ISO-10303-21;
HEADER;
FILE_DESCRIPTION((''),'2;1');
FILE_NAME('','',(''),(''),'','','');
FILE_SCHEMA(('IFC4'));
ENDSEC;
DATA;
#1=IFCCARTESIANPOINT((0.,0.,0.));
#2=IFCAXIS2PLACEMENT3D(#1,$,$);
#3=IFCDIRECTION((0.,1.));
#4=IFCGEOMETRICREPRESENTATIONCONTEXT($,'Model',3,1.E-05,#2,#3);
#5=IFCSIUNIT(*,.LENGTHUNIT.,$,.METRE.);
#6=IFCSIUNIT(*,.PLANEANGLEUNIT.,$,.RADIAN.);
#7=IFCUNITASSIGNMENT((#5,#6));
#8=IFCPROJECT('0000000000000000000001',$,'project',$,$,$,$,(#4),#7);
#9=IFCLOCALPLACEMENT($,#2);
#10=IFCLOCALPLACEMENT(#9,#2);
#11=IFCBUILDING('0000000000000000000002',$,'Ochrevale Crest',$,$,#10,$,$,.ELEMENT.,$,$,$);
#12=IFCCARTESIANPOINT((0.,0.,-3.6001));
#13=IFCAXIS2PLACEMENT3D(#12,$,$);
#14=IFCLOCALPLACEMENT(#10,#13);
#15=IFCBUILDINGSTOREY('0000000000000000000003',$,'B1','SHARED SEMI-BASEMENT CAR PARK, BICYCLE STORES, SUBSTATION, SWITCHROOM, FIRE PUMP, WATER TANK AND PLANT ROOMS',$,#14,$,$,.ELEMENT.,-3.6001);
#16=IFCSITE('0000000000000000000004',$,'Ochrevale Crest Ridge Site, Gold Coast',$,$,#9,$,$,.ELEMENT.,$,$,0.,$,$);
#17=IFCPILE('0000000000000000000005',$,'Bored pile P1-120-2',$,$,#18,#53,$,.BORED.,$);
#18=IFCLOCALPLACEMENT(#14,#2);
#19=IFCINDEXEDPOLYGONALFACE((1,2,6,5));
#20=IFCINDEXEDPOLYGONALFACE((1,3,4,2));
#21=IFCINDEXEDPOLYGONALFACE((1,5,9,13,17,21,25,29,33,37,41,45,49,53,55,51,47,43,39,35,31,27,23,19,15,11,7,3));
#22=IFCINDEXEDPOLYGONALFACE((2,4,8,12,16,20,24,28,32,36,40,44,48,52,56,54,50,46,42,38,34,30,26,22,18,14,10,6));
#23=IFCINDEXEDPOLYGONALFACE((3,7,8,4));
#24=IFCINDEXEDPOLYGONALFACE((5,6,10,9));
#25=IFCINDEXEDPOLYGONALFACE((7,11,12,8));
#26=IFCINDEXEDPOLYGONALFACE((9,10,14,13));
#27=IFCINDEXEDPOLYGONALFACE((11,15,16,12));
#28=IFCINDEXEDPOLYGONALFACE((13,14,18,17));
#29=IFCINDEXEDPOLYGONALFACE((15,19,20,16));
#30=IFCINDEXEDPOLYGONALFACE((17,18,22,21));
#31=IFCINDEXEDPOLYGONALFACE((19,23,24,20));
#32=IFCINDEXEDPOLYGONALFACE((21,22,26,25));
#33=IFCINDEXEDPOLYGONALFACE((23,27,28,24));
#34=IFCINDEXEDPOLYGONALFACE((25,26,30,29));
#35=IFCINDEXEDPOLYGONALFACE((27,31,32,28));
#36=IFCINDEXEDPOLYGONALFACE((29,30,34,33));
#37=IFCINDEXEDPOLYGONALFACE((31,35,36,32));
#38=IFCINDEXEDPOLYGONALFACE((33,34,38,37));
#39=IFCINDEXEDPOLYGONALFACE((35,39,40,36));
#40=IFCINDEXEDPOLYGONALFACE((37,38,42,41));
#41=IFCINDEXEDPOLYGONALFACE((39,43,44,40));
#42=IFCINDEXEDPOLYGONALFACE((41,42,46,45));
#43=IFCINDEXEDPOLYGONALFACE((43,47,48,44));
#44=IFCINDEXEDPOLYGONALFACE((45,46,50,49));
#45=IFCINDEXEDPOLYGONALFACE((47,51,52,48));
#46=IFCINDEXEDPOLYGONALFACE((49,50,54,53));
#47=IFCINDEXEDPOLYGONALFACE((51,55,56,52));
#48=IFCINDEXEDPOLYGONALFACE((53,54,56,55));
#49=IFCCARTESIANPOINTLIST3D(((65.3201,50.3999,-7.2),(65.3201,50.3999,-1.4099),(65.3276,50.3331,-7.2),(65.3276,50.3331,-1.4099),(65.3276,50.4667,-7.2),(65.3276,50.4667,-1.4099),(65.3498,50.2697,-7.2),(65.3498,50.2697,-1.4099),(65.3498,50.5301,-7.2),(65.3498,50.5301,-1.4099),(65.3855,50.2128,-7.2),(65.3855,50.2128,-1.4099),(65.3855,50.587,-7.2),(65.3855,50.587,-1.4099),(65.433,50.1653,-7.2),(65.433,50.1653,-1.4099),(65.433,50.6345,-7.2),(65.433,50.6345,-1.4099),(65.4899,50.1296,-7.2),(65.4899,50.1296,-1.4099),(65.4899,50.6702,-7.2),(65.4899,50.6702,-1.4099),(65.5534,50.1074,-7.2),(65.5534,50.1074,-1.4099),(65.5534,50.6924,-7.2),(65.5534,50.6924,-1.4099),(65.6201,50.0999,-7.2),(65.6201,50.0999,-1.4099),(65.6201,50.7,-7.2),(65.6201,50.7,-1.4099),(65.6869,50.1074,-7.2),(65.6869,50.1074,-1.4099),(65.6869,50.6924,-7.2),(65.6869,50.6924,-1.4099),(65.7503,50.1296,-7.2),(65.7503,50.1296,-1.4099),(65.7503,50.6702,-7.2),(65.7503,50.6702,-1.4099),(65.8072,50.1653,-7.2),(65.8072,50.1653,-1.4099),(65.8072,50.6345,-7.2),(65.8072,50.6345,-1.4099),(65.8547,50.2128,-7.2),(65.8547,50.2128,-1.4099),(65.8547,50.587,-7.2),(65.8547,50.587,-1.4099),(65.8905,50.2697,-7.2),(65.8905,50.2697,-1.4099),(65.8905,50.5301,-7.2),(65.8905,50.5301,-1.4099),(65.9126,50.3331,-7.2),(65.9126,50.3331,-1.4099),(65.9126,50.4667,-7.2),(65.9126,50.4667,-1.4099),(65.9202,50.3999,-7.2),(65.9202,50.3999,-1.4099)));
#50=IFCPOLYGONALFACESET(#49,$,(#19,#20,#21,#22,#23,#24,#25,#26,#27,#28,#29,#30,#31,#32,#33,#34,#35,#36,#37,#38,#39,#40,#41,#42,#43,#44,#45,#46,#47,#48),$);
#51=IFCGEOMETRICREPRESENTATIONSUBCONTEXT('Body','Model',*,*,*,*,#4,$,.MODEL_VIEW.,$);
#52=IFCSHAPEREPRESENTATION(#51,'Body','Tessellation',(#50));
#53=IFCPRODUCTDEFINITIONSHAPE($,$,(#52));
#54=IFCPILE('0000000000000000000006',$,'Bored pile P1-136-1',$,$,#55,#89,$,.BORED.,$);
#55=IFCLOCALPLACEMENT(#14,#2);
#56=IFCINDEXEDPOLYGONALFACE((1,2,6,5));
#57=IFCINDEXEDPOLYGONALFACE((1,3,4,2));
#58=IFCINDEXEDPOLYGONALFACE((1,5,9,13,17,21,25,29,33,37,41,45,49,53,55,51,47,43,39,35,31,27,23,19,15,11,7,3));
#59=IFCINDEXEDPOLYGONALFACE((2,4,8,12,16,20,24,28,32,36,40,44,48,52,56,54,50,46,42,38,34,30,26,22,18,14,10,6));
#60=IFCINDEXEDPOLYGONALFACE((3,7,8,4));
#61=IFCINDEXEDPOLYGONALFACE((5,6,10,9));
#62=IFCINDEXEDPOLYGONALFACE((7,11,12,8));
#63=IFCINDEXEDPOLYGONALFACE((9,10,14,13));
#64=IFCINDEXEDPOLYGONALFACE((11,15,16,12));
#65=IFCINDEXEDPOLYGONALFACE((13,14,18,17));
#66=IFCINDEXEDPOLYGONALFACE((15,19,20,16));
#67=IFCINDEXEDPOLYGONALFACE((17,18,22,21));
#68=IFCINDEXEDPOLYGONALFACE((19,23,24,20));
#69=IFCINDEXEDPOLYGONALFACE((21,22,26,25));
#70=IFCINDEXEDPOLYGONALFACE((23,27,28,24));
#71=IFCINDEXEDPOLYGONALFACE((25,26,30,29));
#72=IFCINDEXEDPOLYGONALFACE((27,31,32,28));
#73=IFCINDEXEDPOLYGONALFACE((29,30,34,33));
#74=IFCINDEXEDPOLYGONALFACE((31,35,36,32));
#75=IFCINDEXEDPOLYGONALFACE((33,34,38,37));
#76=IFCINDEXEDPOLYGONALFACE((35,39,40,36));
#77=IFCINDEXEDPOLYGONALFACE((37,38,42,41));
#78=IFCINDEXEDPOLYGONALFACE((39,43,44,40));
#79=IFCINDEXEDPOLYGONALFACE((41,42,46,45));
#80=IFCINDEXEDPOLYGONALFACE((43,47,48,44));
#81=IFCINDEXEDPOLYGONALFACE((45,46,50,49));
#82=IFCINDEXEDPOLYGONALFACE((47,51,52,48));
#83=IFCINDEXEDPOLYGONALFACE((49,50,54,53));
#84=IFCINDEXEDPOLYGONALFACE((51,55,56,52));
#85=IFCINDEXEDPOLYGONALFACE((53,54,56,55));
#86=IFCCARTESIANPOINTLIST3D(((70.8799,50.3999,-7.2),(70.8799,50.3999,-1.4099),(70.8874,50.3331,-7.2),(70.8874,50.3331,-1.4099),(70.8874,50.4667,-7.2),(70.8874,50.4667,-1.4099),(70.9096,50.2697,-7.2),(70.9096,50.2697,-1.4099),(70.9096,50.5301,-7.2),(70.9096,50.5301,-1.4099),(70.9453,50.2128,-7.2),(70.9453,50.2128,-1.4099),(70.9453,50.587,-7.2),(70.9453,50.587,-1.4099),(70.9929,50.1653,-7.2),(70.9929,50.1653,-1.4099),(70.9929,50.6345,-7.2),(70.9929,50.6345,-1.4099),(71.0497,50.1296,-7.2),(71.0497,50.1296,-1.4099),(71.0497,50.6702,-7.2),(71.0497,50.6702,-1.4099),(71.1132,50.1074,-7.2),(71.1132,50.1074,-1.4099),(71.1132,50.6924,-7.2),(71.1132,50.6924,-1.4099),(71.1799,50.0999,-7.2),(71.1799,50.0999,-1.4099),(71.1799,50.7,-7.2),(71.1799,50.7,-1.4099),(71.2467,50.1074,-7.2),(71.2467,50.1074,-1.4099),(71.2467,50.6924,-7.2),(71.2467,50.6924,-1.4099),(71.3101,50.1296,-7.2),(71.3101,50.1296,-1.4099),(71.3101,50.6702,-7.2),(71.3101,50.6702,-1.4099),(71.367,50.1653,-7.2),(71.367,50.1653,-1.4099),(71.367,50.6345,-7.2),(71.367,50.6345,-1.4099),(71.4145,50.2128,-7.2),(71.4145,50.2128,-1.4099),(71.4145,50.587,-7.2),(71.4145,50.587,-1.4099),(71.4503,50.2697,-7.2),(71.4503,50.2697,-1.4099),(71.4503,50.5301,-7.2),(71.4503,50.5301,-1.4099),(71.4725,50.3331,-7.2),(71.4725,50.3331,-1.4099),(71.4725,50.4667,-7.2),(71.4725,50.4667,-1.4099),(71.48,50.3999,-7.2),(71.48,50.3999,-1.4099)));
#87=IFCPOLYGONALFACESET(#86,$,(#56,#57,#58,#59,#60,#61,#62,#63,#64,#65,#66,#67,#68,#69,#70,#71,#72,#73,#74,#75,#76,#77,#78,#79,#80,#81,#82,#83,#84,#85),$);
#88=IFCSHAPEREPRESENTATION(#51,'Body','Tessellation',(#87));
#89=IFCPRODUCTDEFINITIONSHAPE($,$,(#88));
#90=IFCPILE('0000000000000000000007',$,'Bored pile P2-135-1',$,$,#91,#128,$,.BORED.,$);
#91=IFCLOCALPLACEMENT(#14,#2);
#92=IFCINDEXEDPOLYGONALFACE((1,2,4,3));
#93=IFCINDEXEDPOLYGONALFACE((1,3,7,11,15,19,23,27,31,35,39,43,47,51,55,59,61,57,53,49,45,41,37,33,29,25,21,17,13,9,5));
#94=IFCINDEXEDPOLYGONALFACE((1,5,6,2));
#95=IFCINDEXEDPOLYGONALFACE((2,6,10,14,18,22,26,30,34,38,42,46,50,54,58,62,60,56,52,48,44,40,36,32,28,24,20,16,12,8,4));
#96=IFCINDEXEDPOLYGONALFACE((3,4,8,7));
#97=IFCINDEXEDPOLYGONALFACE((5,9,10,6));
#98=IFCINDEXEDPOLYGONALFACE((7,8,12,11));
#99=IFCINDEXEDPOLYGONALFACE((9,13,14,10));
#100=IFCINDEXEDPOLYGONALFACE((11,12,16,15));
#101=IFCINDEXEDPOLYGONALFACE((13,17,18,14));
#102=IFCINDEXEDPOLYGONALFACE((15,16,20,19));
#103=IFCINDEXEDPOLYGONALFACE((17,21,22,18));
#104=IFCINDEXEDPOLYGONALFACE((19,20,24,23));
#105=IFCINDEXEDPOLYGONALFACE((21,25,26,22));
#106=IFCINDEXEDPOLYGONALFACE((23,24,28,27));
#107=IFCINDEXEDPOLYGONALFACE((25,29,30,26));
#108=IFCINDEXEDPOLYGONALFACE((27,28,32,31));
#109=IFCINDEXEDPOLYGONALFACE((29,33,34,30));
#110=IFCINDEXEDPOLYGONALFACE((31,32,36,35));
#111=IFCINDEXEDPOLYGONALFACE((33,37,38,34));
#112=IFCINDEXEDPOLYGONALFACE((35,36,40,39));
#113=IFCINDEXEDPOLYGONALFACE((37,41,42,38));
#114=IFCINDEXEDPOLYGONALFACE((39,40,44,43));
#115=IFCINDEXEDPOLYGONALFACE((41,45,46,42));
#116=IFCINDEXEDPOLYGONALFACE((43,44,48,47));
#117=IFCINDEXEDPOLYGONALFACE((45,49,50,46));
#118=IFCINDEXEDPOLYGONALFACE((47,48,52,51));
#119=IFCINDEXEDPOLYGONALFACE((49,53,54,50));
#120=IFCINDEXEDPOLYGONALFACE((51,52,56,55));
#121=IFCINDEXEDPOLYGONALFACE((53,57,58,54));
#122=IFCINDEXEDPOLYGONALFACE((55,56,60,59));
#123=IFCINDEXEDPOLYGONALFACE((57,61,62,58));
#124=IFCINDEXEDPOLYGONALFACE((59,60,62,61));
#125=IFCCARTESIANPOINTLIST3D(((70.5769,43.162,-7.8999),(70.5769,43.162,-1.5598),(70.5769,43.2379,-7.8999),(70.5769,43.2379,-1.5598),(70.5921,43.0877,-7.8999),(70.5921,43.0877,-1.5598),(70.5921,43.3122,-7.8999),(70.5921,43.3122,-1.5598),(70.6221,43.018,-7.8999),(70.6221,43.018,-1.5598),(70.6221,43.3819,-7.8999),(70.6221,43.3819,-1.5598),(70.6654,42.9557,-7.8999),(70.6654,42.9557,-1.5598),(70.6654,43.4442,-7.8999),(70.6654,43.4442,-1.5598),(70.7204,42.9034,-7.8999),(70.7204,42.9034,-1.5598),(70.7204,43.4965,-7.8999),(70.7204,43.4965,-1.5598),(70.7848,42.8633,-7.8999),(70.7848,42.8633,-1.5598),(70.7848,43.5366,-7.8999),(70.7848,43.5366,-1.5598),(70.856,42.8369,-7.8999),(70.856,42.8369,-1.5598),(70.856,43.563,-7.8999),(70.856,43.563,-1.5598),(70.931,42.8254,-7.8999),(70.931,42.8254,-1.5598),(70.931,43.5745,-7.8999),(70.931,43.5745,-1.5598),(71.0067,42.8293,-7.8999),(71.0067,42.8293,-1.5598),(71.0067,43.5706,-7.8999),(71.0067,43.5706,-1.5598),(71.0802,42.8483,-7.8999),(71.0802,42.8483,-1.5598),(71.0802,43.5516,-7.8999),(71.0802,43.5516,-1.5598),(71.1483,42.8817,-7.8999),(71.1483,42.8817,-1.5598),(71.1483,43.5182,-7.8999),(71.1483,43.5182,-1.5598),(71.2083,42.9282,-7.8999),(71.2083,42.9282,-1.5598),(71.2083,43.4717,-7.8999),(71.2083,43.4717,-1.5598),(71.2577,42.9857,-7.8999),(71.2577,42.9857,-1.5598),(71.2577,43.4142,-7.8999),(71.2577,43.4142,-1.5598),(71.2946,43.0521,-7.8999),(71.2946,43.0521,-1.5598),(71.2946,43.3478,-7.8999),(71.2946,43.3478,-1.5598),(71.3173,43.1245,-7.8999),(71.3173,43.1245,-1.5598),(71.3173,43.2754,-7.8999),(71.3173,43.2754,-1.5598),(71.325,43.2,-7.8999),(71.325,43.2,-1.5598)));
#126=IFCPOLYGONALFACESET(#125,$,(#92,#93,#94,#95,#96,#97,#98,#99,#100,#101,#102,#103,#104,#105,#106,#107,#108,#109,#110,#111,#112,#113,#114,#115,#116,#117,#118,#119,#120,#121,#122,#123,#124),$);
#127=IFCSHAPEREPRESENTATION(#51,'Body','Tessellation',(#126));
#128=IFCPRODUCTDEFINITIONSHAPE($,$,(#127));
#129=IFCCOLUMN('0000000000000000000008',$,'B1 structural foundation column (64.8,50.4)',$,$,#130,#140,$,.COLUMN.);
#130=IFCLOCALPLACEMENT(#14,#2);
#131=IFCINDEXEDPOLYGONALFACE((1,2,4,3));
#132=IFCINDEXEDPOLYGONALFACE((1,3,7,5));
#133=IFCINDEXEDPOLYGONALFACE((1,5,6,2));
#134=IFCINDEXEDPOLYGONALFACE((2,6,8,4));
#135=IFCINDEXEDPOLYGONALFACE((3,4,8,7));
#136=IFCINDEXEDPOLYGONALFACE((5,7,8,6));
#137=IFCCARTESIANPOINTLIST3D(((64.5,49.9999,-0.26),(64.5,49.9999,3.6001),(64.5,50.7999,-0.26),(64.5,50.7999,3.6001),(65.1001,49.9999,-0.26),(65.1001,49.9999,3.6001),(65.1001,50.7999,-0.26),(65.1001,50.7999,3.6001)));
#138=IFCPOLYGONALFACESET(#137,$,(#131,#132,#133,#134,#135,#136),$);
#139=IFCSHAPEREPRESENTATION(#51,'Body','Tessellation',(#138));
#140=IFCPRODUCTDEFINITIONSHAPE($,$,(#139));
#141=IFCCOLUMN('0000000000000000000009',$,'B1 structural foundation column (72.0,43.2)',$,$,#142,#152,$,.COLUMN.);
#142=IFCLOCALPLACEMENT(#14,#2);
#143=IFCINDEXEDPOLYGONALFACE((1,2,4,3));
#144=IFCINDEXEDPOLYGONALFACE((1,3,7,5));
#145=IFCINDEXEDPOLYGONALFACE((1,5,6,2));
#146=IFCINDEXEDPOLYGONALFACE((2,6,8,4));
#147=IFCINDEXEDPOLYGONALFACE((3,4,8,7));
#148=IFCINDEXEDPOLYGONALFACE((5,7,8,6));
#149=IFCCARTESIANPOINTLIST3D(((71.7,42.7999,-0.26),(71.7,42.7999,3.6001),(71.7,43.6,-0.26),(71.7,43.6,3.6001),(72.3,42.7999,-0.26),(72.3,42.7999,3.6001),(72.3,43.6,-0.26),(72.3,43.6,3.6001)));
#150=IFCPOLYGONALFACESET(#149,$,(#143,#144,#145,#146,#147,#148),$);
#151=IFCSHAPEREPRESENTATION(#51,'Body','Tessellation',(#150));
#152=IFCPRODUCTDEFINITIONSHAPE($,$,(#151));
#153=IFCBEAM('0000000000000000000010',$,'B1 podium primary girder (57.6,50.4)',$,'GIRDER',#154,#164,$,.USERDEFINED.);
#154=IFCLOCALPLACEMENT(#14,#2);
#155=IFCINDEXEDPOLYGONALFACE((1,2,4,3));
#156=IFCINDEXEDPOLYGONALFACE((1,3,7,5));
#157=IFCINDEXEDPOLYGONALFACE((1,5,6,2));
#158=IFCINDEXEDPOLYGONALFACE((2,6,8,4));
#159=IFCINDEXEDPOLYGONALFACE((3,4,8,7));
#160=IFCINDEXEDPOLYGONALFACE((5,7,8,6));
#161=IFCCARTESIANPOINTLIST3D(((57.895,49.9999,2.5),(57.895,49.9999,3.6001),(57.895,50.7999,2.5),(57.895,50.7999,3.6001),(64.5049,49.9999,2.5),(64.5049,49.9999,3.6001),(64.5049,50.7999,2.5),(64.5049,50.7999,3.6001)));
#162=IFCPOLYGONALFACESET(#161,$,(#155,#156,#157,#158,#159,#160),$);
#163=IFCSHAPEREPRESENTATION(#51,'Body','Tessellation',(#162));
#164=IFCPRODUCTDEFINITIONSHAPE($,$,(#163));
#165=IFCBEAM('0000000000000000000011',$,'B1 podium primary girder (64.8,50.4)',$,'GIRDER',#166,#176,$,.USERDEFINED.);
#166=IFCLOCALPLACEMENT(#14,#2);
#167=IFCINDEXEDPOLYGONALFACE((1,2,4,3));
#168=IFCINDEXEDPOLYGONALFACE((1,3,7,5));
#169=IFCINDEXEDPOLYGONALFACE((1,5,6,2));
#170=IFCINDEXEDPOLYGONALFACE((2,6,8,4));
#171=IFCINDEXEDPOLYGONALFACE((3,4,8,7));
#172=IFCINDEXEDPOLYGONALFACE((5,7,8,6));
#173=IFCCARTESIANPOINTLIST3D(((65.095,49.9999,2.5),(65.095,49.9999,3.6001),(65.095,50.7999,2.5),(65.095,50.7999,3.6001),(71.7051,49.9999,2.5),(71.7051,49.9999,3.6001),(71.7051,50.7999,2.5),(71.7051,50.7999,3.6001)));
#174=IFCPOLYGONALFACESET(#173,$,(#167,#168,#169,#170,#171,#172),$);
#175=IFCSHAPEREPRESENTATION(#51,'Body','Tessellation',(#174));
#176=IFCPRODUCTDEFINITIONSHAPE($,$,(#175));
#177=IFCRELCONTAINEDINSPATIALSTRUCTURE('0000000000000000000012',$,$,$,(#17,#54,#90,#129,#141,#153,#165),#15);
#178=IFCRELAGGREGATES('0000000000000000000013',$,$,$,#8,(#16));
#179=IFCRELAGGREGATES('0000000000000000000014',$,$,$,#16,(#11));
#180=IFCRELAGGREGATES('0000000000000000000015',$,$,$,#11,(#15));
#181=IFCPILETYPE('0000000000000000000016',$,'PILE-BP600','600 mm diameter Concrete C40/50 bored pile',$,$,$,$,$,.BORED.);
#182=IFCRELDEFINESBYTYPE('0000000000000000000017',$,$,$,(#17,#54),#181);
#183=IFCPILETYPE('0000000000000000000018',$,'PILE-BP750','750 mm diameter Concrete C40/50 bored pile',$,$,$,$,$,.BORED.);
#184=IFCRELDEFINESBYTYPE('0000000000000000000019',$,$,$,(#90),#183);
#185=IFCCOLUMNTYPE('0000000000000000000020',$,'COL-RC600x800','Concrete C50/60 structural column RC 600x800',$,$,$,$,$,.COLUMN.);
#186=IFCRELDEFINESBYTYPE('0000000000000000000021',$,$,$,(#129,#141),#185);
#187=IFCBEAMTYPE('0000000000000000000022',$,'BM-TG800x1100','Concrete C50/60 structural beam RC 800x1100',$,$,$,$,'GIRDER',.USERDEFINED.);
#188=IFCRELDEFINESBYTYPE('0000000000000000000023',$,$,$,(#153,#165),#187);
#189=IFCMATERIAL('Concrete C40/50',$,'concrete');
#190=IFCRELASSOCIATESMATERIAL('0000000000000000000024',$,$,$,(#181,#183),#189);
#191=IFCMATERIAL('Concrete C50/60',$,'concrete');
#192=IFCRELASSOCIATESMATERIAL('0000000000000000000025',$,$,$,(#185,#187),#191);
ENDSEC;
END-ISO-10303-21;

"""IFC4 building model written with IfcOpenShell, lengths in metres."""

from ifc_helpers import new_model, si_unit, direction, frame, origin, origin_2d, place, context, subcontext, project, spatial, rectangle, circle, extrude, material, material_profile, profile_set, type_object, element, save


model = new_model("IFC4")

# Units and contexts
model_context = context("Model", 3, precision=1e-05, world=origin(), true_north=direction((0.0, 1.0)))
body_context = subcontext(model_context, "Body", "Model", "MODEL_VIEW")
ifc_project = project(units=[si_unit("LENGTHUNIT", "METRE"), si_unit("PLANEANGLEUNIT", "RADIAN")], contexts=[model_context])

# Site, building, storey
site_placement = place(None, origin())
site = spatial("IfcSite", under=ifc_project, at=site_placement, Name="Ochrevale Crest Ridge Site, Gold Coast", CompositionType="ELEMENT", RefElevation=0.0)
building_placement = place(site_placement, origin())
building = spatial("IfcBuilding", under=site, at=building_placement, Name="Ochrevale Crest", CompositionType="ELEMENT")
storey_placement = place(building_placement, frame((0.0, 0.0, -3.6001)))
storey = spatial("IfcBuildingStorey", under=building, at=storey_placement, Name="B1", Description="SHARED SEMI-BASEMENT CAR PARK, BICYCLE STORES, SUBSTATION, SWITCHROOM, FIRE PUMP, WATER TANK AND PLANT ROOMS", CompositionType="ELEMENT", Elevation=-3.6001)

# Shared definitions
ifc_material_1 = material(Name="Concrete C40/50", Category="concrete")

# Piles
ifc_material_profile_1 = material_profile(ifc_material_1, circle(Radius=0.3, at=origin_2d()), Name="BORED PILE 600")
ifc_profile_set_1 = profile_set([ifc_material_profile_1], Name="Concrete C40/50")
pile_type_1 = type_object("IfcPileType", Name="PILE-BP600", Description="600 mm diameter Concrete C40/50 bored pile", PredefinedType="BORED", material=ifc_profile_set_1)
for number, where, z_axis, x_axis, name in (
    (1, (65.6201, 50.3999, -1.4099), (0.0, 0.0, -1.0), (1.0, 0.0, 0.0), "Bored pile P1-120-2"),
    (2, (71.1799, 50.3999, -1.4099), (0.0, 0.0, -1.0), (1.0, 0.0, 0.0), "Bored pile P1-136-1"),
):
    element("IfcPile", number, at=place(storey_placement, frame(where, z_axis=z_axis, x_axis=x_axis)), inside=storey, type_object=pile_type_1, Name=name, PredefinedType="BORED", context=body_context, shape_type="SweptSolid", body=[
        extrude(circle(Radius=0.3, at=origin_2d()), origin(), (0.0, 0.0, 1.0), 5.79),
    ])
ifc_material_profile_2 = material_profile(ifc_material_1, circle(Radius=0.375, at=origin_2d()), Name="BORED PILE 750")
ifc_profile_set_2 = profile_set([ifc_material_profile_2], Name="Concrete C40/50")
pile_type_2 = type_object("IfcPileType", Name="PILE-BP750", Description="750 mm diameter Concrete C40/50 bored pile", PredefinedType="BORED", material=ifc_profile_set_2)
pile_placement = place(storey_placement, frame((70.95, 43.2, -1.5598), z_axis=(0.0, 0.0, -1.0), x_axis=(1.0, 0.0, 0.0)))
element("IfcPile", 3, at=pile_placement, inside=storey, type_object=pile_type_2, Name="Bored pile P2-135-1", PredefinedType="BORED", context=body_context, shape_type="SweptSolid", body=[
    extrude(circle(Radius=0.375, at=origin_2d()), origin(), (0.0, 0.0, 1.0), 6.3401),
])

# Columns
ifc_material_2 = material(Name="Concrete C50/60", Category="concrete")
ifc_material_profile_3 = material_profile(ifc_material_2, rectangle(XDim=0.6001, YDim=0.8, at=origin_2d()), Name="RC 600x800")
ifc_profile_set_3 = profile_set([ifc_material_profile_3], Name="Concrete C50/60")
column_type = type_object("IfcColumnType", Name="COL-RC600x800", Description="Concrete C50/60 structural column RC 600x800", PredefinedType="COLUMN", material=ifc_profile_set_3)
for number, where, z_axis, x_axis, name in (
    (4, (64.8, 50.3999, -0.26), (0.0, 0.0, 1.0), (1.0, 0.0, 0.0), "B1 structural foundation column (64.8,50.4)"),
    (5, (72.0, 43.2, -0.26), (0.0, 0.0, 1.0), (1.0, 0.0, 0.0), "B1 structural foundation column (72.0,43.2)"),
):
    element("IfcColumn", number, at=place(storey_placement, frame(where, z_axis=z_axis, x_axis=x_axis)), inside=storey, type_object=column_type, Name=name, PredefinedType="COLUMN", context=body_context, shape_type="SweptSolid", body=[
        extrude(rectangle(XDim=0.6001, YDim=0.8, at=origin_2d()), origin(), (0.0, 0.0, 1.0), 3.8601),
    ])

# Beams
ifc_material_profile_4 = material_profile(ifc_material_2, rectangle(XDim=0.8, YDim=1.1001, at=origin_2d()), Name="RC 800x1100")
ifc_profile_set_4 = profile_set([ifc_material_profile_4], Name="Concrete C50/60")
beam_type_1 = type_object("IfcBeamType", Name="BM-TG800x1100", Description="Concrete C50/60 structural beam RC 800x1100", ElementType="GIRDER", PredefinedType="USERDEFINED", material=ifc_profile_set_4)
beam_1_placement = place(storey_placement, frame((57.895, 50.3999, 3.05), z_axis=(1.0, 0.0, 0.0), x_axis=(0.0, 1.0, 0.0)))
element("IfcBeam", 6, at=beam_1_placement, inside=storey, type_object=beam_type_1, Name="B1 podium primary girder (57.6,50.4)", ObjectType="GIRDER", PredefinedType="USERDEFINED", context=body_context, shape_type="SweptSolid", body=[
    extrude(rectangle(XDim=0.8, YDim=1.1001, at=origin_2d()), origin(), (0.0, 0.0, 1.0), 6.6099),
])
beam_2_placement = place(storey_placement, frame((65.095, 50.3999, 3.05), z_axis=(1.0, 0.0, 0.0), x_axis=(0.0, 1.0, 0.0)))
element("IfcBeam", 7, at=beam_2_placement, inside=storey, type_object=beam_type_1, Name="B1 podium primary girder (64.8,50.4)", ObjectType="GIRDER", PredefinedType="USERDEFINED", context=body_context, shape_type="SweptSolid", body=[
    extrude(rectangle(XDim=0.8, YDim=1.1001, at=origin_2d()), origin(), (0.0, 0.0, 1.0), 6.6101),
])

save(model, "model.ifc")
